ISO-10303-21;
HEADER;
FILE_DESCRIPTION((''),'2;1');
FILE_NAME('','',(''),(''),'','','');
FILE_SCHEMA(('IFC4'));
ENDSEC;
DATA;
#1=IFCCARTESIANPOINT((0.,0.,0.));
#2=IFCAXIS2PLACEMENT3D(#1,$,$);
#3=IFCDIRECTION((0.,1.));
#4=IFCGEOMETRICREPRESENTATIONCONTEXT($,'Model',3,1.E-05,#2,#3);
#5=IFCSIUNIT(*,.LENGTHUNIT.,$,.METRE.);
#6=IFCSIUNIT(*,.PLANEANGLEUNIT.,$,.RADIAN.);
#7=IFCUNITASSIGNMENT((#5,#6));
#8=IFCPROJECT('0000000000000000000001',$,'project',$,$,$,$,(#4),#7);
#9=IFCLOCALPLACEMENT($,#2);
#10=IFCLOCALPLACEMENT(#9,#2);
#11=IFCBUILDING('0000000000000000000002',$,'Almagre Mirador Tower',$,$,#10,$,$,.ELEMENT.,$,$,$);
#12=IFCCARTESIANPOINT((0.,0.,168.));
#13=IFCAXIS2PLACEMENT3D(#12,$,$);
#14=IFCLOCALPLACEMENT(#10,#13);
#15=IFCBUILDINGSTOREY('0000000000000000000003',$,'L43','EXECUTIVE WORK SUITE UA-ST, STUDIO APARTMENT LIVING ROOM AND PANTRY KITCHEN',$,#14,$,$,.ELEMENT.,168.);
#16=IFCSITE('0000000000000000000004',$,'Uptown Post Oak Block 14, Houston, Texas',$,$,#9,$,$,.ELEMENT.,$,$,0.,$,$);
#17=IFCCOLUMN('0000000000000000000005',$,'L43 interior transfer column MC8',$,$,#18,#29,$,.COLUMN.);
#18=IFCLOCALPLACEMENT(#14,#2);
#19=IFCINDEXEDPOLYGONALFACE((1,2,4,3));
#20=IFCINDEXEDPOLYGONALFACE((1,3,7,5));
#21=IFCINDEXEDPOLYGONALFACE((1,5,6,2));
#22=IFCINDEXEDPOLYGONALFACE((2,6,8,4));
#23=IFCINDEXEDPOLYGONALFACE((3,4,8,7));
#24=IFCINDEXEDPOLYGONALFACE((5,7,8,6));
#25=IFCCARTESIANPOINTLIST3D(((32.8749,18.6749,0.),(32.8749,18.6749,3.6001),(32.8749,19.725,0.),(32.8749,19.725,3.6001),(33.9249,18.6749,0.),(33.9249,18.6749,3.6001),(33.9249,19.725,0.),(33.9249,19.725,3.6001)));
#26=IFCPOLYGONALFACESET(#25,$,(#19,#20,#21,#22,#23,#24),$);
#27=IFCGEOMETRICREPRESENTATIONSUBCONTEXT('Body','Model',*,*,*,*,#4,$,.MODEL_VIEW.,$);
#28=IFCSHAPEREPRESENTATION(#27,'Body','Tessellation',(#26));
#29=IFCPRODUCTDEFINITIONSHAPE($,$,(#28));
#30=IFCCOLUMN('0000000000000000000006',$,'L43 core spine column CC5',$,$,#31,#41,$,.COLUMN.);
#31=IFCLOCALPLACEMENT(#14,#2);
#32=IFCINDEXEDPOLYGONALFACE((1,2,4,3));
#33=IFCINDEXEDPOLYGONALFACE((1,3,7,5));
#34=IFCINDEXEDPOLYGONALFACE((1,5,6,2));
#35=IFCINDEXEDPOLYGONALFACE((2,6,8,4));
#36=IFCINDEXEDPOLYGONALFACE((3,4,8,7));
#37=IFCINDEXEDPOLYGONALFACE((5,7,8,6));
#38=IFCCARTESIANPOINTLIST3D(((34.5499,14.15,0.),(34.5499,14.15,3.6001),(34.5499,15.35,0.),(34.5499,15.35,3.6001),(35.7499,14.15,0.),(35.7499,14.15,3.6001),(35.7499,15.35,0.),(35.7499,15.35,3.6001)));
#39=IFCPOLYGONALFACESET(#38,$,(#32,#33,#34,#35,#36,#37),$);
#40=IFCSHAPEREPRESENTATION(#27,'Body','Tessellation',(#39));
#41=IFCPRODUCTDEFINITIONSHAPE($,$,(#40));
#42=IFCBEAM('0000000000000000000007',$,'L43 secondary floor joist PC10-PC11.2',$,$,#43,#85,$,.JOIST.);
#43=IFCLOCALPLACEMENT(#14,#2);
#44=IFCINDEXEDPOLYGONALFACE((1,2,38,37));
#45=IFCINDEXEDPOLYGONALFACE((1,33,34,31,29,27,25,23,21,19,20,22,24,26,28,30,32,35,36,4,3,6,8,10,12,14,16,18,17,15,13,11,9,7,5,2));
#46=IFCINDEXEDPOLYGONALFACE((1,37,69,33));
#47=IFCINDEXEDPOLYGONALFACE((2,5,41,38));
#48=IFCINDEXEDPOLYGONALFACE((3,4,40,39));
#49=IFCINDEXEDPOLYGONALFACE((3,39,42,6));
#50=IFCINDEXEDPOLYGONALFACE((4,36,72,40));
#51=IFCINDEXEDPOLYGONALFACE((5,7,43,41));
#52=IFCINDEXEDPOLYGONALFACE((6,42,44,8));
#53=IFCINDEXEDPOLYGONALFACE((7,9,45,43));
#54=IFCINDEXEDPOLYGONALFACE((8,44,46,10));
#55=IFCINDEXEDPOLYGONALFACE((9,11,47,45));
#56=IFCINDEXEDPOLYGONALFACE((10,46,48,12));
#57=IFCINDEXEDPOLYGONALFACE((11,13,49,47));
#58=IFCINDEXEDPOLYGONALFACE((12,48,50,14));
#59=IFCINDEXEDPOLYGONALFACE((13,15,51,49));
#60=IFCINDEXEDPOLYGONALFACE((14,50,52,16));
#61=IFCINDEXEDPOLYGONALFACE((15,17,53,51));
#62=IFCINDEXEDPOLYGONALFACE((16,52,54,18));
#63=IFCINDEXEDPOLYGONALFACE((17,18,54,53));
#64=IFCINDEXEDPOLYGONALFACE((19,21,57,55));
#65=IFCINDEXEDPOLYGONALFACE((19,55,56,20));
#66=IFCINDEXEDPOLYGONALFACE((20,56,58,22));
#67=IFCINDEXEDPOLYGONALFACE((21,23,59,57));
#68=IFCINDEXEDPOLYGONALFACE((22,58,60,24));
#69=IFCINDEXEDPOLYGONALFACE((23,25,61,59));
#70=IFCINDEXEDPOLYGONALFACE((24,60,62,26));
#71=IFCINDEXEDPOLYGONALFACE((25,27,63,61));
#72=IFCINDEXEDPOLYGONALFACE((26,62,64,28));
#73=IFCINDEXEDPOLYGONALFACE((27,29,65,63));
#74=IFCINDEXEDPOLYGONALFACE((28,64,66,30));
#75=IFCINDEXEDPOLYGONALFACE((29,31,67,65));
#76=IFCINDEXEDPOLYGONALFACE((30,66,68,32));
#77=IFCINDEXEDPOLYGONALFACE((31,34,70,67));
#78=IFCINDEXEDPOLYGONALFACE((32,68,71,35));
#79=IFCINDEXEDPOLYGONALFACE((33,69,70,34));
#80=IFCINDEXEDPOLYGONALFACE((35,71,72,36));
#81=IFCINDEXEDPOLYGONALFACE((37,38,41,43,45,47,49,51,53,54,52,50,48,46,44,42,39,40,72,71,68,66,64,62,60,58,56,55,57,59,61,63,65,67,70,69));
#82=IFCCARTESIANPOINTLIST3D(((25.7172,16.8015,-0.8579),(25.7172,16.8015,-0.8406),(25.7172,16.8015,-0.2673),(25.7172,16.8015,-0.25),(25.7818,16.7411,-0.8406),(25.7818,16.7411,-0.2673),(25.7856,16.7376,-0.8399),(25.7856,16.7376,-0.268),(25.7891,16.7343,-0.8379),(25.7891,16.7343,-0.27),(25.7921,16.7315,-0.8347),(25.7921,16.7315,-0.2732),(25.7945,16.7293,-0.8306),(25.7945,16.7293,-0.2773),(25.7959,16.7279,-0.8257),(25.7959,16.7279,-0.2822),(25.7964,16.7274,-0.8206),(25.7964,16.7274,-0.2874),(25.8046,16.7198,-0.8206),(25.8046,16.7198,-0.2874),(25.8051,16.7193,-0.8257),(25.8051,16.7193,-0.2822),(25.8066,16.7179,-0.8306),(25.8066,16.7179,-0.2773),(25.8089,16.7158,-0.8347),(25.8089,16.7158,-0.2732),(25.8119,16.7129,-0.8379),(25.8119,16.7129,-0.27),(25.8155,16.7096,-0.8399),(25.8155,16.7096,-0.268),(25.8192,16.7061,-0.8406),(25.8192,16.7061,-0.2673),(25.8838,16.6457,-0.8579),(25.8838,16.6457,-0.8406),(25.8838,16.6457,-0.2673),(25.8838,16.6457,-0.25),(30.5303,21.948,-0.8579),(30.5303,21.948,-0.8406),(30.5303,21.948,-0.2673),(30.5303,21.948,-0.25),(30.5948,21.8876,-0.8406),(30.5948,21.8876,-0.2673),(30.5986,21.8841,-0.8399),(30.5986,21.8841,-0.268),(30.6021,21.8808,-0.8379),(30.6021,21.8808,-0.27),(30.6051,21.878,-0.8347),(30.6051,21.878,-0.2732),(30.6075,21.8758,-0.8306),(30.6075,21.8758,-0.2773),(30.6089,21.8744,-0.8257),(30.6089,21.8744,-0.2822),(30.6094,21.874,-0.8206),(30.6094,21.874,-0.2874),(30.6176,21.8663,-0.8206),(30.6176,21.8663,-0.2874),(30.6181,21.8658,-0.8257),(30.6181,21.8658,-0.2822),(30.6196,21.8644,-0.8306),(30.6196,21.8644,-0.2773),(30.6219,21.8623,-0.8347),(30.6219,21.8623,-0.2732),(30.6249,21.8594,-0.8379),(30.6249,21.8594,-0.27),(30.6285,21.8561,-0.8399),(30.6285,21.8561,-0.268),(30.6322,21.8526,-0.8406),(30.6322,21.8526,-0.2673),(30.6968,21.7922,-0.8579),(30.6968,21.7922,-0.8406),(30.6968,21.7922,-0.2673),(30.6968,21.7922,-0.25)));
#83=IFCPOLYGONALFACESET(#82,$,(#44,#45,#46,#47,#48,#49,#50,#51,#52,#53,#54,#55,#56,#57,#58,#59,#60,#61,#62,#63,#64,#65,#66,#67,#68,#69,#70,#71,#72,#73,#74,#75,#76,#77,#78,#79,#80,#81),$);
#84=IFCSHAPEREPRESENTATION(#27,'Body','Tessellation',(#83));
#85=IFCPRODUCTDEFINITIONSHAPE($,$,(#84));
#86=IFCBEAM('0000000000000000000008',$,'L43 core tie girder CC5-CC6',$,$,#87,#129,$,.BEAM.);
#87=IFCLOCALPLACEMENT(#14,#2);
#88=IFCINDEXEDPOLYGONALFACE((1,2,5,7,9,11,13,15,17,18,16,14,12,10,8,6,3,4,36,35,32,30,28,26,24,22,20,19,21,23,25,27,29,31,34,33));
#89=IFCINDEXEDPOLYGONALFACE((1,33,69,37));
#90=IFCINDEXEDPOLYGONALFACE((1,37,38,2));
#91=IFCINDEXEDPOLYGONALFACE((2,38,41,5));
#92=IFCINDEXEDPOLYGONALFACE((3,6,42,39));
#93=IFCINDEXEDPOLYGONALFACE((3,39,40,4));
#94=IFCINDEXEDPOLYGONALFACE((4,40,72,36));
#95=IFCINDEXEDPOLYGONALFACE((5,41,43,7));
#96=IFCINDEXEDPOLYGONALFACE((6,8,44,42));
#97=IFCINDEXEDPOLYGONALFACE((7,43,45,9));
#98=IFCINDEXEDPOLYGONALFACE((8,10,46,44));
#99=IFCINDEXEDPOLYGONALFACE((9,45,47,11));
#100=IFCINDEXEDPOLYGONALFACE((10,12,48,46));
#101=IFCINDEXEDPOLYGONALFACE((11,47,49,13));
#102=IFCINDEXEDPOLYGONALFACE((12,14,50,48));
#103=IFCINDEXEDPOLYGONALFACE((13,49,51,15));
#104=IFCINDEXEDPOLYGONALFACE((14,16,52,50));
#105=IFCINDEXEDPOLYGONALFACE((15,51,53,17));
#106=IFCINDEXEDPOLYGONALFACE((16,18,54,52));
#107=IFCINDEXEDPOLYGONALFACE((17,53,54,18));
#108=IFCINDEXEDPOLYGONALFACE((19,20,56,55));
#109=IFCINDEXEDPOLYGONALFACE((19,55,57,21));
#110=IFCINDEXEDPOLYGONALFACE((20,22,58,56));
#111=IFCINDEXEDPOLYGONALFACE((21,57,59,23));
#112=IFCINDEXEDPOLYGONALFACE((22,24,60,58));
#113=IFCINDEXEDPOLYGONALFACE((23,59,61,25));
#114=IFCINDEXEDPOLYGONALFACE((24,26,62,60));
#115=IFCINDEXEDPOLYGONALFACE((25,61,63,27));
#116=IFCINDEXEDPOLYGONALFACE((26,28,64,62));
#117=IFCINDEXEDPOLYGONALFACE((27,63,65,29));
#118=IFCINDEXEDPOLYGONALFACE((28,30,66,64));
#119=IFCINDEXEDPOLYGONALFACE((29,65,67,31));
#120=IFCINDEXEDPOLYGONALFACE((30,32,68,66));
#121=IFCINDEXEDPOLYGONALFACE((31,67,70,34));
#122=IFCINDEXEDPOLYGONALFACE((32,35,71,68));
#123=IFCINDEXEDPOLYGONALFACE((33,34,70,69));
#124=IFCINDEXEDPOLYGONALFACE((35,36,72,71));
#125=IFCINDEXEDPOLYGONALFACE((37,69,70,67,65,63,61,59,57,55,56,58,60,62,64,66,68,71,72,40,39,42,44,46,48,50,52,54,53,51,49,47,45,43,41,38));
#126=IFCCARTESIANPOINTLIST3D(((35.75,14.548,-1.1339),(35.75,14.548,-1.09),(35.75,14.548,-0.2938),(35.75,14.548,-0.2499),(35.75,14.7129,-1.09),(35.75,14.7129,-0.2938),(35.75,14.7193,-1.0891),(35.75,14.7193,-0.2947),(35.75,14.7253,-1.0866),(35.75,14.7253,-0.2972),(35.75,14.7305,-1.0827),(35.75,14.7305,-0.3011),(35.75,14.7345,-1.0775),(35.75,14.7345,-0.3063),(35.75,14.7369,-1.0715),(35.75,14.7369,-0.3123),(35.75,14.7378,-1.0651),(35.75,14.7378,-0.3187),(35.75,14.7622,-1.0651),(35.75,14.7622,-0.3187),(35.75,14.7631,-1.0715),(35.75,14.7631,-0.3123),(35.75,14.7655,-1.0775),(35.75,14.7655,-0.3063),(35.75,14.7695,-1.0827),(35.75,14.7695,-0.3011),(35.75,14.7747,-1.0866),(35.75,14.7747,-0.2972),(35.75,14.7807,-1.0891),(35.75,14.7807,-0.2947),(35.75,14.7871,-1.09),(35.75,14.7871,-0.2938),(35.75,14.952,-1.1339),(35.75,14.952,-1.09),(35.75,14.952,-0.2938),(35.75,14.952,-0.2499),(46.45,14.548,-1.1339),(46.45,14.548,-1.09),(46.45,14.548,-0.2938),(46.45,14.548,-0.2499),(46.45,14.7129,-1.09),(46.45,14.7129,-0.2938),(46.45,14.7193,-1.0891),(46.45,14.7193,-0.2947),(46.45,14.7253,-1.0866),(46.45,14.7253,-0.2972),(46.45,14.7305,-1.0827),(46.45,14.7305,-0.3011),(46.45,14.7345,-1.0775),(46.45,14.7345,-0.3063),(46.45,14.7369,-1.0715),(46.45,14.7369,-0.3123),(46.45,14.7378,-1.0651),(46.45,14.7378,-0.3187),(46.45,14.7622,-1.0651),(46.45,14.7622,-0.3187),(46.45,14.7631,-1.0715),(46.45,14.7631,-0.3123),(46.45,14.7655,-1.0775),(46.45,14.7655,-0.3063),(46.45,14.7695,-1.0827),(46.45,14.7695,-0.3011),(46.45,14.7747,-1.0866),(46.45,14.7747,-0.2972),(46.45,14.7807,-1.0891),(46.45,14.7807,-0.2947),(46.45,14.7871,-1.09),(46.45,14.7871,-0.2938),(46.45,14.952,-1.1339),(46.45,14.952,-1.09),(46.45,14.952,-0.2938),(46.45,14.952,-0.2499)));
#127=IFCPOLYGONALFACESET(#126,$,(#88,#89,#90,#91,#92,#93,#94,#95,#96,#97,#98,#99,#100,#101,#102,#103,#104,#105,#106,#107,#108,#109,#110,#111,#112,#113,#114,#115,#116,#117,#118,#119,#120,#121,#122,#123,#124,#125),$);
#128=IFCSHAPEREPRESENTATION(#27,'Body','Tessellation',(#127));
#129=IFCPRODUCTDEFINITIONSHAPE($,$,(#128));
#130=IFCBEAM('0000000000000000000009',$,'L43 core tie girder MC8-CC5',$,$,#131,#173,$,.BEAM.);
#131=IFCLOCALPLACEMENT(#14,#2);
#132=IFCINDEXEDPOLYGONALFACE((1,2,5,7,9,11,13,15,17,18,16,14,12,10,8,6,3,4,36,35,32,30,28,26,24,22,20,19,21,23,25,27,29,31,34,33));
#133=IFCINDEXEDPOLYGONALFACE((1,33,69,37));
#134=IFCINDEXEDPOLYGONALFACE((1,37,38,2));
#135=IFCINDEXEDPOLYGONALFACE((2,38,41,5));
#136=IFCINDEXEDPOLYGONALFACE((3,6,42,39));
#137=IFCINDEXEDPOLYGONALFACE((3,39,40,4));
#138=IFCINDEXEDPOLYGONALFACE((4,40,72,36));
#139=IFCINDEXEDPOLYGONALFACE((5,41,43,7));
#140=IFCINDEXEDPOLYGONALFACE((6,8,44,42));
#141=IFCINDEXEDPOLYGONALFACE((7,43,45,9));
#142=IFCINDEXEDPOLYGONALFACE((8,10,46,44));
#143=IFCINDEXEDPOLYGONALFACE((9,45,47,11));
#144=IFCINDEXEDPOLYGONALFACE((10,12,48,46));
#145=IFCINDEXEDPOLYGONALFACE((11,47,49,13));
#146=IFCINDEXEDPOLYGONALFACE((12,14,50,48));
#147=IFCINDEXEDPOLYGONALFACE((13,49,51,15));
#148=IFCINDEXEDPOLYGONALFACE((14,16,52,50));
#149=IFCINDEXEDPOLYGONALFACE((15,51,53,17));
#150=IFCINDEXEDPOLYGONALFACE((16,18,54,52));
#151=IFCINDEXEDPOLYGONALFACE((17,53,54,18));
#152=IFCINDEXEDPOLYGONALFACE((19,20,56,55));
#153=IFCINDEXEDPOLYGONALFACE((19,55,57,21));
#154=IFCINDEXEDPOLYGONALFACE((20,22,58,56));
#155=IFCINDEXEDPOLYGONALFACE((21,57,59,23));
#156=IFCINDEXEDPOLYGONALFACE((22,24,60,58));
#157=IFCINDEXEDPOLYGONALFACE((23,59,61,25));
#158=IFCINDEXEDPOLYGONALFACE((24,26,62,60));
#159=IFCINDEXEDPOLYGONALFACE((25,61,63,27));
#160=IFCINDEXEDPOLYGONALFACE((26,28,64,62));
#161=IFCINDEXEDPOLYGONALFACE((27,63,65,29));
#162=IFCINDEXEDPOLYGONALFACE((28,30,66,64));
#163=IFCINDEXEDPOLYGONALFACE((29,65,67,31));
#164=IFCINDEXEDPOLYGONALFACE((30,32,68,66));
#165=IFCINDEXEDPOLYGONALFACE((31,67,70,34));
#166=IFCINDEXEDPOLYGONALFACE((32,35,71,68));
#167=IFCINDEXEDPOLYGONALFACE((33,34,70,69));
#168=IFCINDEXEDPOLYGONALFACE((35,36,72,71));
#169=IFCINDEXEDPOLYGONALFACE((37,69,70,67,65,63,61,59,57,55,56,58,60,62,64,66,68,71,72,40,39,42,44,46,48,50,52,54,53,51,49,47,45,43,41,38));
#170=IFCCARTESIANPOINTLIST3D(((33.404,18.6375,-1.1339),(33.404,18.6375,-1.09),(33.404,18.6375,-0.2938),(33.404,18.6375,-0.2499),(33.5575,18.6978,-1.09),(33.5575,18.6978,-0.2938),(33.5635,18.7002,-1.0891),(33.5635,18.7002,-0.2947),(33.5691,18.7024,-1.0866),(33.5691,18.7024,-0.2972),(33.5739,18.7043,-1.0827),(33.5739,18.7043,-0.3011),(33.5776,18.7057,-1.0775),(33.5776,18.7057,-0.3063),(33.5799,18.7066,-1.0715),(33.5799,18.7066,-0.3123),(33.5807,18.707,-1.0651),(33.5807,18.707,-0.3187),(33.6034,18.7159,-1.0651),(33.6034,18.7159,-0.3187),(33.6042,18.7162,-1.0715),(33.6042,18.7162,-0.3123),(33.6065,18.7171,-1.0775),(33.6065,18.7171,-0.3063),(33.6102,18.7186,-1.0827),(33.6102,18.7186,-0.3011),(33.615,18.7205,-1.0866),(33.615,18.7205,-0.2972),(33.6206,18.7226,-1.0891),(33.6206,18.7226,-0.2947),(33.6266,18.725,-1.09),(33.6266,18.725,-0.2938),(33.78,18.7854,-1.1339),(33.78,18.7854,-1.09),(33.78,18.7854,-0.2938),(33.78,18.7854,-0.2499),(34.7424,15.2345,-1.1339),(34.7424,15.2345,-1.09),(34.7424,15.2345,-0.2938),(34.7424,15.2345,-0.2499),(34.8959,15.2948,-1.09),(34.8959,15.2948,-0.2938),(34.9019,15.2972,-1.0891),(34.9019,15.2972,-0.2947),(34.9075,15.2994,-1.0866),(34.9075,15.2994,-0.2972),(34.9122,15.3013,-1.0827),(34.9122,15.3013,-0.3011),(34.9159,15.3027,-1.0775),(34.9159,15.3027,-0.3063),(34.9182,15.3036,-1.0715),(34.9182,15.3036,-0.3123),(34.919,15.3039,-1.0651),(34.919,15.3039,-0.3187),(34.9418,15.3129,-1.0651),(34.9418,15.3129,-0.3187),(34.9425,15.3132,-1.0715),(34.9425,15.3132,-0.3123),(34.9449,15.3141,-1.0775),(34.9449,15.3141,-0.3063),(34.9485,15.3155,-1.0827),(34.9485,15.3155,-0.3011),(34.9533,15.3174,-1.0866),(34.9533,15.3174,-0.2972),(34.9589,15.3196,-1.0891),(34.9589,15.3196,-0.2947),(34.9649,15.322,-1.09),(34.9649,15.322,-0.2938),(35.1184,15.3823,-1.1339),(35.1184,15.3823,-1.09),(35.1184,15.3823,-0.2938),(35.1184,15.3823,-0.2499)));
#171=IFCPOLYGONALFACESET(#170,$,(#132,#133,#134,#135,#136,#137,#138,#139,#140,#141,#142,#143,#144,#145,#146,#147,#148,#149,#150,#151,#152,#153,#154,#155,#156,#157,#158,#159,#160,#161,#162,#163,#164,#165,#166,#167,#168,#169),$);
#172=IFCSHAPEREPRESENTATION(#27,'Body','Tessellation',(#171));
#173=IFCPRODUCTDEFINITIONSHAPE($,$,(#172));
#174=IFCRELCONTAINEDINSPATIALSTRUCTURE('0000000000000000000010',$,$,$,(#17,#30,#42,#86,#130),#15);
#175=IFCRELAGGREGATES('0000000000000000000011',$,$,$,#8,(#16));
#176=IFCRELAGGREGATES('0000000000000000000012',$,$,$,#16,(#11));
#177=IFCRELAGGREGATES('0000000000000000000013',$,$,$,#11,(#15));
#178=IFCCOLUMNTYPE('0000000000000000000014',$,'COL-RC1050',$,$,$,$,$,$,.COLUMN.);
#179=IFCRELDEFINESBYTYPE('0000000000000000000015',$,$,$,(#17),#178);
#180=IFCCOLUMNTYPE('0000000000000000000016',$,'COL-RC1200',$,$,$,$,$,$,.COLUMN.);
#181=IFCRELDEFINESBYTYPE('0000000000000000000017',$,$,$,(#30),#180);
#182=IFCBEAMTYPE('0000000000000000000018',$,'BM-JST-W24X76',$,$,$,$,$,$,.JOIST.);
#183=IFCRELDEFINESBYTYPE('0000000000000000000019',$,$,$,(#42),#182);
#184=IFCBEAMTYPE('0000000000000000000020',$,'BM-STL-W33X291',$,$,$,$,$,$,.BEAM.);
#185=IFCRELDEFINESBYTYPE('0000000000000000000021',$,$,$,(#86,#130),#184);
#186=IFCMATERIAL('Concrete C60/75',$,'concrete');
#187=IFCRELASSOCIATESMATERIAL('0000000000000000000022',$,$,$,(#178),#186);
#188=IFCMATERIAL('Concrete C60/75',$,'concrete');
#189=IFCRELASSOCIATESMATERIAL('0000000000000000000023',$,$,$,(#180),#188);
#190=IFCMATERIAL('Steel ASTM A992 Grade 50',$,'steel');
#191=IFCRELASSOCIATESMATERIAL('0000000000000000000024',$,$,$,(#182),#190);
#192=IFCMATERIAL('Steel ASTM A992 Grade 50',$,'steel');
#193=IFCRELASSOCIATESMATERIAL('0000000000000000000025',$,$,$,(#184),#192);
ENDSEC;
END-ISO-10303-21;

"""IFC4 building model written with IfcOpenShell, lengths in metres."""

from ifc_helpers import new_model, si_unit, direction, frame, origin, origin_2d, place, context, subcontext, project, spatial, rectangle, i_section, extrude, material, material_profile, profile_set, type_object, element, save


model = new_model("IFC4")

# Units and contexts
model_context = context("Model", 3, precision=1e-05, world=origin(), true_north=direction((0.0, 1.0)))
body_context = subcontext(model_context, "Body", "Model", "MODEL_VIEW")
ifc_project = project(units=[si_unit("LENGTHUNIT", "METRE"), si_unit("PLANEANGLEUNIT", "RADIAN")], contexts=[model_context])

# Site, building, storey
site_placement = place(None, origin())
site = spatial("IfcSite", under=ifc_project, at=site_placement, Name="Uptown Post Oak Block 14, Houston, Texas", CompositionType="ELEMENT", RefElevation=0.0)
building_placement = place(site_placement, origin())
building = spatial("IfcBuilding", under=site, at=building_placement, Name="Almagre Mirador Tower", CompositionType="ELEMENT")
storey_placement = place(building_placement, frame((0.0, 0.0, 168.0)))
storey = spatial("IfcBuildingStorey", under=building, at=storey_placement, Name="L43", Description="EXECUTIVE WORK SUITE UA-ST, STUDIO APARTMENT LIVING ROOM AND PANTRY KITCHEN", CompositionType="ELEMENT", Elevation=168.0)

# Columns
ifc_material_1 = material(Name="Concrete C60/75", Category="concrete")
ifc_material_profile_1 = material_profile(ifc_material_1, rectangle(XDim=1.05, YDim=1.05, at=origin_2d()), Name="RC1050X1050")
ifc_profile_set_1 = profile_set([ifc_material_profile_1], Name="Concrete C60/75")
column_type_1 = type_object("IfcColumnType", Name="COL-RC1050", PredefinedType="COLUMN", material=ifc_profile_set_1)
column_1_placement = place(storey_placement, frame((33.3999, 19.2, 0.0), z_axis=(0.0, 0.0, 1.0), x_axis=(1.0, 0.0, 0.0)))
element("IfcColumn", 1, at=column_1_placement, inside=storey, type_object=column_type_1, Name="L43 interior transfer column MC8", PredefinedType="COLUMN", context=body_context, shape_type="SweptSolid", body=[
    extrude(rectangle(XDim=1.05, YDim=1.05, at=origin_2d()), origin(), (0.0, 0.0, 1.0), 3.6001),
])
ifc_material_2 = material(Name="Concrete C60/75", Category="concrete")
ifc_material_profile_2 = material_profile(ifc_material_2, rectangle(XDim=1.2, YDim=1.2, at=origin_2d()), Name="RC1200X1200")
ifc_profile_set_2 = profile_set([ifc_material_profile_2], Name="Concrete C60/75")
column_type_2 = type_object("IfcColumnType", Name="COL-RC1200", PredefinedType="COLUMN", material=ifc_profile_set_2)
column_2_placement = place(storey_placement, frame((35.1499, 14.75, 0.0), z_axis=(0.0, 0.0, 1.0), x_axis=(1.0, 0.0, 0.0)))
element("IfcColumn", 2, at=column_2_placement, inside=storey, type_object=column_type_2, Name="L43 core spine column CC5", PredefinedType="COLUMN", context=body_context, shape_type="SweptSolid", body=[
    extrude(rectangle(XDim=1.2, YDim=1.2, at=origin_2d()), origin(), (0.0, 0.0, 1.0), 3.6001),
])

# Beams
ifc_material_3 = material(Name="Steel ASTM A992 Grade 50", Category="steel")
ifc_material_profile_3 = material_profile(ifc_material_3, i_section(OverallWidth=0.228, OverallDepth=0.6079, WebThickness=0.0112, FlangeThickness=0.0173, FilletRadius=0.02, at=origin_2d()), Name="W24X76")
ifc_profile_set_3 = profile_set([ifc_material_profile_3], Name="Steel ASTM A992 Grade 50")
beam_type_1 = type_object("IfcBeamType", Name="BM-JST-W24X76", PredefinedType="JOIST", material=ifc_profile_set_3)
beam_1_placement = place(storey_placement, frame((30.6135, 21.8701, -0.554), z_axis=(-0.683046, -0.730375, 0.0), x_axis=(0.730375, -0.683046, 0.0)))
element("IfcBeam", 3, at=beam_1_placement, inside=storey, type_object=beam_type_1, Name="L43 secondary floor joist PC10-PC11.2", PredefinedType="JOIST", context=body_context, shape_type="SweptSolid", body=[
    extrude(i_section(OverallWidth=0.228, OverallDepth=0.6079, WebThickness=0.0112, FlangeThickness=0.0173, FilletRadius=0.02, at=origin_2d()), origin(), (0.0, 0.0, 1.0), 7.0464),
])
ifc_material_4 = material(Name="Steel ASTM A992 Grade 50", Category="steel")
ifc_material_profile_4 = material_profile(ifc_material_4, i_section(OverallWidth=0.4041, OverallDepth=0.884, WebThickness=0.0244, FlangeThickness=0.0439, FilletRadius=0.0249, at=origin_2d()), Name="W33X291")
ifc_profile_set_4 = profile_set([ifc_material_profile_4], Name="Steel ASTM A992 Grade 50")
beam_type_2 = type_object("IfcBeamType", Name="BM-STL-W33X291", PredefinedType="BEAM", material=ifc_profile_set_4)
beam_2_placement = place(storey_placement, frame((35.75, 14.75, -0.6919), z_axis=(1.0, 0.0, 0.0), x_axis=(0.0, 1.0, 0.0)))
element("IfcBeam", 4, at=beam_2_placement, inside=storey, type_object=beam_type_2, Name="L43 core tie girder CC5-CC6", PredefinedType="BEAM", context=body_context, shape_type="SweptSolid", body=[
    extrude(i_section(OverallWidth=0.4041, OverallDepth=0.884, WebThickness=0.0244, FlangeThickness=0.0439, FilletRadius=0.0249, at=origin_2d()), origin(), (0.0, 0.0, 1.0), 10.7),
])
beam_3_placement = place(storey_placement, frame((33.592, 18.7114, -0.6919), z_axis=(0.365997, -0.930616, 0.0), x_axis=(0.930616, 0.365997, 0.0)))
element("IfcBeam", 5, at=beam_3_placement, inside=storey, type_object=beam_type_2, Name="L43 core tie girder MC8-CC5", PredefinedType="BEAM", context=body_context, shape_type="SweptSolid", body=[
    extrude(i_section(OverallWidth=0.4041, OverallDepth=0.884, WebThickness=0.0244, FlangeThickness=0.0439, FilletRadius=0.0249, at=origin_2d()), origin(), (0.0, 0.0, 1.0), 3.6567),
])

save(model, "model.ifc")
